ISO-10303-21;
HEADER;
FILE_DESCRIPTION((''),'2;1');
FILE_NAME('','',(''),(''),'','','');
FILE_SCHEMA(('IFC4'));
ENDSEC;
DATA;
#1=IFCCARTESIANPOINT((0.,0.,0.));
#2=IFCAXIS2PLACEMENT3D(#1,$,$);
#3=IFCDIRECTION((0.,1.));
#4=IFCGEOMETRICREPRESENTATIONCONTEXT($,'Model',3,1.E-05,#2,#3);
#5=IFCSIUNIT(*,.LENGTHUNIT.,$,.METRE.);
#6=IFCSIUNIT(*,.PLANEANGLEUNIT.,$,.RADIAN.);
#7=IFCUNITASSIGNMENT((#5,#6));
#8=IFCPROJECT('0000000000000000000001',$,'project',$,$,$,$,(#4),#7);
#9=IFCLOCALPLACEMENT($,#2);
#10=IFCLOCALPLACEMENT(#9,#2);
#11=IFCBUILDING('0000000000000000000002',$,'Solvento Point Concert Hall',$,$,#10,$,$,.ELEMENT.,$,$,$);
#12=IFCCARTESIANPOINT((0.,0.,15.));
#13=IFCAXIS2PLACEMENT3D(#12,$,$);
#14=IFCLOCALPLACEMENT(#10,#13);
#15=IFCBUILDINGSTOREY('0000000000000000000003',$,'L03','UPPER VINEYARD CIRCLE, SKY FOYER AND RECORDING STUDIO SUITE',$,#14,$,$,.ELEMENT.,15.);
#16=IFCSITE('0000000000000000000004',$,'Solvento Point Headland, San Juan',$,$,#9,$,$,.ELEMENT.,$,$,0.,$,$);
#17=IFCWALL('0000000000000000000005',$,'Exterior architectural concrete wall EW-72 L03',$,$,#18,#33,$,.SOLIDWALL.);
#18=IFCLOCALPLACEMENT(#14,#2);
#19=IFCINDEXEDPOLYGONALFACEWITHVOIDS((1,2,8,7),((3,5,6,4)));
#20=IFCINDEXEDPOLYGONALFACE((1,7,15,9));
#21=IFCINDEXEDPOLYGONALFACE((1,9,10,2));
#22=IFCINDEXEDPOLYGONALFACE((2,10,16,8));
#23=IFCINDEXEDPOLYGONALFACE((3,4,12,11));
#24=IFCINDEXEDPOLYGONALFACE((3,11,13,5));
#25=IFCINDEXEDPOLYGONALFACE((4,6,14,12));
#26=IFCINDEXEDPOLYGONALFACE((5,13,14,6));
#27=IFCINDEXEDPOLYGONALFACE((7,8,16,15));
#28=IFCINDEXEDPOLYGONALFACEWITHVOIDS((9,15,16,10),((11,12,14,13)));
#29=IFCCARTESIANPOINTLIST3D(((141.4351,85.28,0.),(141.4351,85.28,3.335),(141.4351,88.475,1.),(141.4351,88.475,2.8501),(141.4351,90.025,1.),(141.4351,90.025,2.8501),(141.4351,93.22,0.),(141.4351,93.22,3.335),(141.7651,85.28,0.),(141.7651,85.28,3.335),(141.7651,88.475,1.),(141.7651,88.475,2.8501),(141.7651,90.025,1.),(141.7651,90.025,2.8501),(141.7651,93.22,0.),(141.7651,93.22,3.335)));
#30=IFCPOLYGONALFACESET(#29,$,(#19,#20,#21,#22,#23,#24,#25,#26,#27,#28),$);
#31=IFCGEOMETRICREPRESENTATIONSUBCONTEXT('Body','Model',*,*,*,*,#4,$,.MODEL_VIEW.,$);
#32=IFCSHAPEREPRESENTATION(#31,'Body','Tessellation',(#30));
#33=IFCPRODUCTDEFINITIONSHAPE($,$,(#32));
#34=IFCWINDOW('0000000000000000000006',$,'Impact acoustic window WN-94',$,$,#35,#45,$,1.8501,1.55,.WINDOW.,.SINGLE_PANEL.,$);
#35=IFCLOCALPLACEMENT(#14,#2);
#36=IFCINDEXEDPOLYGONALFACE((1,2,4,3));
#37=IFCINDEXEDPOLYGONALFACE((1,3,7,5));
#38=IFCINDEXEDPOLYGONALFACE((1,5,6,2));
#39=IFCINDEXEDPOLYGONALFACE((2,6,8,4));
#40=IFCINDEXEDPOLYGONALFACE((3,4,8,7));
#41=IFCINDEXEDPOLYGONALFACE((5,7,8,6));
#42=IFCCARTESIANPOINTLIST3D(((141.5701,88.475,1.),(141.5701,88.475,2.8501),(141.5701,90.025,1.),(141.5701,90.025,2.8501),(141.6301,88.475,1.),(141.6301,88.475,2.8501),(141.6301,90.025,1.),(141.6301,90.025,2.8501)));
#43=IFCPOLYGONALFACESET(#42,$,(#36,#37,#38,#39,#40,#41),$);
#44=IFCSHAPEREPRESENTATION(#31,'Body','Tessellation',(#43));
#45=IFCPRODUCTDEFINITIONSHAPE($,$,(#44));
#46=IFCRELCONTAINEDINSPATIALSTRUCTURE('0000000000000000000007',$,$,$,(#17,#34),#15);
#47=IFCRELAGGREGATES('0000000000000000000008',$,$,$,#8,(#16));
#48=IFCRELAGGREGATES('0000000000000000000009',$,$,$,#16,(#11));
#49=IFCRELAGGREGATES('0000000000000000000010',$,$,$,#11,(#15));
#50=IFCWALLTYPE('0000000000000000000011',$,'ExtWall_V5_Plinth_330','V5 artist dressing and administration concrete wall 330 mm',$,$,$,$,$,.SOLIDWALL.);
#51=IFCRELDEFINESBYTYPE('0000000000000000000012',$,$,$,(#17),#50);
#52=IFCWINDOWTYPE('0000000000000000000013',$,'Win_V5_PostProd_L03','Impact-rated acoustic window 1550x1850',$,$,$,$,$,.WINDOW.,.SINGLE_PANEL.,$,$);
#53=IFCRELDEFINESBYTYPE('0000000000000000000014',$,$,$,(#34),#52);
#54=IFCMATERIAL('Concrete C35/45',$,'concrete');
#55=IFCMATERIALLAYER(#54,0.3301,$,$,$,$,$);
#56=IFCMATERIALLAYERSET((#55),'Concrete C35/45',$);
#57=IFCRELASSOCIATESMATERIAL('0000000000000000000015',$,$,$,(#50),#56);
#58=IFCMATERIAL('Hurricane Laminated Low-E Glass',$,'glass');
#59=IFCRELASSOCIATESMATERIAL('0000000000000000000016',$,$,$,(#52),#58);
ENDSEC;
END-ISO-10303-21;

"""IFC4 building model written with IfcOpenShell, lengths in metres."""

from ifc_helpers import new_model, si_unit, direction, frame, frame_2d, origin, place, context, subcontext, project, spatial, rectangle, extrude, material, layer, layer_set, type_object, element, fill, save


model = new_model("IFC4")

# Units and contexts
model_context = context("Model", 3, precision=1e-05, world=origin(), true_north=direction((0.0, 1.0)))
body_context = subcontext(model_context, "Body", "Model", "MODEL_VIEW")
ifc_project = project(units=[si_unit("LENGTHUNIT", "METRE"), si_unit("PLANEANGLEUNIT", "RADIAN")], contexts=[model_context])

# Site, building, storey
site_placement = place(None, origin())
site = spatial("IfcSite", under=ifc_project, at=site_placement, Name="Solvento Point Headland, San Juan", CompositionType="ELEMENT", RefElevation=0.0)
building_placement = place(site_placement, origin())
building = spatial("IfcBuilding", under=site, at=building_placement, Name="Solvento Point Concert Hall", CompositionType="ELEMENT")
storey_placement = place(building_placement, frame((0.0, 0.0, 15.0)))
storey = spatial("IfcBuildingStorey", under=building, at=storey_placement, Name="L03", Description="UPPER VINEYARD CIRCLE, SKY FOYER AND RECORDING STUDIO SUITE", CompositionType="ELEMENT", Elevation=15.0)

# Wall, opening, window
ifc_material_1 = material(Name="Concrete C35/45", Category="concrete")
ifc_layer_1 = layer(ifc_material_1, 0.3301)
ifc_layer_set_1 = layer_set([ifc_layer_1], Name="Concrete C35/45")
wall_type_1 = type_object("IfcWallType", Name="ExtWall_V5_Plinth_330", Description="V5 artist dressing and administration concrete wall 330 mm", PredefinedType="SOLIDWALL", material=ifc_layer_set_1)
ifc_material_2 = material(Name="Hurricane Laminated Low-E Glass", Category="glass")
window_type_1 = type_object("IfcWindowType", Name="Win_V5_PostProd_L03", Description="Impact-rated acoustic window 1550x1850", PartitioningType="SINGLE_PANEL", PredefinedType="WINDOW", material=ifc_material_2)
wall_1_placement = place(storey_placement, frame((141.6001, 93.22, 0.0), z_axis=(0.0, 0.0, 1.0), x_axis=(0.0, -1.0, 0.0)))
wall_1 = element("IfcWall", 1, at=wall_1_placement, inside=storey, type_object=wall_type_1, Name="Exterior architectural concrete wall EW-72 L03", PredefinedType="SOLIDWALL", context=body_context, shape_type="SweptSolid", body=[
    extrude(rectangle(XDim=7.9399, YDim=0.3301, at=frame_2d((3.97, 0.0))), origin(), (0.0, 0.0, 1.0), 3.335),
])
opening_1_placement = place(wall_1_placement, frame((3.1951, 0.0, 1.0)))
opening_1 = element("IfcOpeningElement", 2, at=opening_1_placement, cuts=wall_1, PredefinedType="OPENING", context=body_context, shape_type="SweptSolid", body=[
    extrude(rectangle(XDim=1.55, YDim=1.8501, at=frame_2d((0.7749, 0.925))), frame((0.0, 0.175, 0.0), z_axis=(0.0, -1.0, 0.0), x_axis=(1.0, 0.0, 0.0)), (0.0, 0.0, 1.0), 0.3501),
])
window_1_placement = place(opening_1_placement, origin())
window_1 = element("IfcWindow", 3, at=window_1_placement, inside=storey, type_object=window_type_1, Name="Impact acoustic window WN-94", OverallHeight=1.8501, OverallWidth=1.55, PartitioningType="SINGLE_PANEL", PredefinedType="WINDOW", context=body_context, shape_type="SweptSolid", body=[
    extrude(rectangle(XDim=1.55, YDim=1.8501, at=frame_2d((0.7749, 0.925))), frame((0.0, 0.03, 0.0), z_axis=(0.0, -1.0, 0.0), x_axis=(1.0, 0.0, 0.0)), (0.0, 0.0, 1.0), 0.0601),
])
fill(opening_1, window_1)

save(model, "model.ifc")
